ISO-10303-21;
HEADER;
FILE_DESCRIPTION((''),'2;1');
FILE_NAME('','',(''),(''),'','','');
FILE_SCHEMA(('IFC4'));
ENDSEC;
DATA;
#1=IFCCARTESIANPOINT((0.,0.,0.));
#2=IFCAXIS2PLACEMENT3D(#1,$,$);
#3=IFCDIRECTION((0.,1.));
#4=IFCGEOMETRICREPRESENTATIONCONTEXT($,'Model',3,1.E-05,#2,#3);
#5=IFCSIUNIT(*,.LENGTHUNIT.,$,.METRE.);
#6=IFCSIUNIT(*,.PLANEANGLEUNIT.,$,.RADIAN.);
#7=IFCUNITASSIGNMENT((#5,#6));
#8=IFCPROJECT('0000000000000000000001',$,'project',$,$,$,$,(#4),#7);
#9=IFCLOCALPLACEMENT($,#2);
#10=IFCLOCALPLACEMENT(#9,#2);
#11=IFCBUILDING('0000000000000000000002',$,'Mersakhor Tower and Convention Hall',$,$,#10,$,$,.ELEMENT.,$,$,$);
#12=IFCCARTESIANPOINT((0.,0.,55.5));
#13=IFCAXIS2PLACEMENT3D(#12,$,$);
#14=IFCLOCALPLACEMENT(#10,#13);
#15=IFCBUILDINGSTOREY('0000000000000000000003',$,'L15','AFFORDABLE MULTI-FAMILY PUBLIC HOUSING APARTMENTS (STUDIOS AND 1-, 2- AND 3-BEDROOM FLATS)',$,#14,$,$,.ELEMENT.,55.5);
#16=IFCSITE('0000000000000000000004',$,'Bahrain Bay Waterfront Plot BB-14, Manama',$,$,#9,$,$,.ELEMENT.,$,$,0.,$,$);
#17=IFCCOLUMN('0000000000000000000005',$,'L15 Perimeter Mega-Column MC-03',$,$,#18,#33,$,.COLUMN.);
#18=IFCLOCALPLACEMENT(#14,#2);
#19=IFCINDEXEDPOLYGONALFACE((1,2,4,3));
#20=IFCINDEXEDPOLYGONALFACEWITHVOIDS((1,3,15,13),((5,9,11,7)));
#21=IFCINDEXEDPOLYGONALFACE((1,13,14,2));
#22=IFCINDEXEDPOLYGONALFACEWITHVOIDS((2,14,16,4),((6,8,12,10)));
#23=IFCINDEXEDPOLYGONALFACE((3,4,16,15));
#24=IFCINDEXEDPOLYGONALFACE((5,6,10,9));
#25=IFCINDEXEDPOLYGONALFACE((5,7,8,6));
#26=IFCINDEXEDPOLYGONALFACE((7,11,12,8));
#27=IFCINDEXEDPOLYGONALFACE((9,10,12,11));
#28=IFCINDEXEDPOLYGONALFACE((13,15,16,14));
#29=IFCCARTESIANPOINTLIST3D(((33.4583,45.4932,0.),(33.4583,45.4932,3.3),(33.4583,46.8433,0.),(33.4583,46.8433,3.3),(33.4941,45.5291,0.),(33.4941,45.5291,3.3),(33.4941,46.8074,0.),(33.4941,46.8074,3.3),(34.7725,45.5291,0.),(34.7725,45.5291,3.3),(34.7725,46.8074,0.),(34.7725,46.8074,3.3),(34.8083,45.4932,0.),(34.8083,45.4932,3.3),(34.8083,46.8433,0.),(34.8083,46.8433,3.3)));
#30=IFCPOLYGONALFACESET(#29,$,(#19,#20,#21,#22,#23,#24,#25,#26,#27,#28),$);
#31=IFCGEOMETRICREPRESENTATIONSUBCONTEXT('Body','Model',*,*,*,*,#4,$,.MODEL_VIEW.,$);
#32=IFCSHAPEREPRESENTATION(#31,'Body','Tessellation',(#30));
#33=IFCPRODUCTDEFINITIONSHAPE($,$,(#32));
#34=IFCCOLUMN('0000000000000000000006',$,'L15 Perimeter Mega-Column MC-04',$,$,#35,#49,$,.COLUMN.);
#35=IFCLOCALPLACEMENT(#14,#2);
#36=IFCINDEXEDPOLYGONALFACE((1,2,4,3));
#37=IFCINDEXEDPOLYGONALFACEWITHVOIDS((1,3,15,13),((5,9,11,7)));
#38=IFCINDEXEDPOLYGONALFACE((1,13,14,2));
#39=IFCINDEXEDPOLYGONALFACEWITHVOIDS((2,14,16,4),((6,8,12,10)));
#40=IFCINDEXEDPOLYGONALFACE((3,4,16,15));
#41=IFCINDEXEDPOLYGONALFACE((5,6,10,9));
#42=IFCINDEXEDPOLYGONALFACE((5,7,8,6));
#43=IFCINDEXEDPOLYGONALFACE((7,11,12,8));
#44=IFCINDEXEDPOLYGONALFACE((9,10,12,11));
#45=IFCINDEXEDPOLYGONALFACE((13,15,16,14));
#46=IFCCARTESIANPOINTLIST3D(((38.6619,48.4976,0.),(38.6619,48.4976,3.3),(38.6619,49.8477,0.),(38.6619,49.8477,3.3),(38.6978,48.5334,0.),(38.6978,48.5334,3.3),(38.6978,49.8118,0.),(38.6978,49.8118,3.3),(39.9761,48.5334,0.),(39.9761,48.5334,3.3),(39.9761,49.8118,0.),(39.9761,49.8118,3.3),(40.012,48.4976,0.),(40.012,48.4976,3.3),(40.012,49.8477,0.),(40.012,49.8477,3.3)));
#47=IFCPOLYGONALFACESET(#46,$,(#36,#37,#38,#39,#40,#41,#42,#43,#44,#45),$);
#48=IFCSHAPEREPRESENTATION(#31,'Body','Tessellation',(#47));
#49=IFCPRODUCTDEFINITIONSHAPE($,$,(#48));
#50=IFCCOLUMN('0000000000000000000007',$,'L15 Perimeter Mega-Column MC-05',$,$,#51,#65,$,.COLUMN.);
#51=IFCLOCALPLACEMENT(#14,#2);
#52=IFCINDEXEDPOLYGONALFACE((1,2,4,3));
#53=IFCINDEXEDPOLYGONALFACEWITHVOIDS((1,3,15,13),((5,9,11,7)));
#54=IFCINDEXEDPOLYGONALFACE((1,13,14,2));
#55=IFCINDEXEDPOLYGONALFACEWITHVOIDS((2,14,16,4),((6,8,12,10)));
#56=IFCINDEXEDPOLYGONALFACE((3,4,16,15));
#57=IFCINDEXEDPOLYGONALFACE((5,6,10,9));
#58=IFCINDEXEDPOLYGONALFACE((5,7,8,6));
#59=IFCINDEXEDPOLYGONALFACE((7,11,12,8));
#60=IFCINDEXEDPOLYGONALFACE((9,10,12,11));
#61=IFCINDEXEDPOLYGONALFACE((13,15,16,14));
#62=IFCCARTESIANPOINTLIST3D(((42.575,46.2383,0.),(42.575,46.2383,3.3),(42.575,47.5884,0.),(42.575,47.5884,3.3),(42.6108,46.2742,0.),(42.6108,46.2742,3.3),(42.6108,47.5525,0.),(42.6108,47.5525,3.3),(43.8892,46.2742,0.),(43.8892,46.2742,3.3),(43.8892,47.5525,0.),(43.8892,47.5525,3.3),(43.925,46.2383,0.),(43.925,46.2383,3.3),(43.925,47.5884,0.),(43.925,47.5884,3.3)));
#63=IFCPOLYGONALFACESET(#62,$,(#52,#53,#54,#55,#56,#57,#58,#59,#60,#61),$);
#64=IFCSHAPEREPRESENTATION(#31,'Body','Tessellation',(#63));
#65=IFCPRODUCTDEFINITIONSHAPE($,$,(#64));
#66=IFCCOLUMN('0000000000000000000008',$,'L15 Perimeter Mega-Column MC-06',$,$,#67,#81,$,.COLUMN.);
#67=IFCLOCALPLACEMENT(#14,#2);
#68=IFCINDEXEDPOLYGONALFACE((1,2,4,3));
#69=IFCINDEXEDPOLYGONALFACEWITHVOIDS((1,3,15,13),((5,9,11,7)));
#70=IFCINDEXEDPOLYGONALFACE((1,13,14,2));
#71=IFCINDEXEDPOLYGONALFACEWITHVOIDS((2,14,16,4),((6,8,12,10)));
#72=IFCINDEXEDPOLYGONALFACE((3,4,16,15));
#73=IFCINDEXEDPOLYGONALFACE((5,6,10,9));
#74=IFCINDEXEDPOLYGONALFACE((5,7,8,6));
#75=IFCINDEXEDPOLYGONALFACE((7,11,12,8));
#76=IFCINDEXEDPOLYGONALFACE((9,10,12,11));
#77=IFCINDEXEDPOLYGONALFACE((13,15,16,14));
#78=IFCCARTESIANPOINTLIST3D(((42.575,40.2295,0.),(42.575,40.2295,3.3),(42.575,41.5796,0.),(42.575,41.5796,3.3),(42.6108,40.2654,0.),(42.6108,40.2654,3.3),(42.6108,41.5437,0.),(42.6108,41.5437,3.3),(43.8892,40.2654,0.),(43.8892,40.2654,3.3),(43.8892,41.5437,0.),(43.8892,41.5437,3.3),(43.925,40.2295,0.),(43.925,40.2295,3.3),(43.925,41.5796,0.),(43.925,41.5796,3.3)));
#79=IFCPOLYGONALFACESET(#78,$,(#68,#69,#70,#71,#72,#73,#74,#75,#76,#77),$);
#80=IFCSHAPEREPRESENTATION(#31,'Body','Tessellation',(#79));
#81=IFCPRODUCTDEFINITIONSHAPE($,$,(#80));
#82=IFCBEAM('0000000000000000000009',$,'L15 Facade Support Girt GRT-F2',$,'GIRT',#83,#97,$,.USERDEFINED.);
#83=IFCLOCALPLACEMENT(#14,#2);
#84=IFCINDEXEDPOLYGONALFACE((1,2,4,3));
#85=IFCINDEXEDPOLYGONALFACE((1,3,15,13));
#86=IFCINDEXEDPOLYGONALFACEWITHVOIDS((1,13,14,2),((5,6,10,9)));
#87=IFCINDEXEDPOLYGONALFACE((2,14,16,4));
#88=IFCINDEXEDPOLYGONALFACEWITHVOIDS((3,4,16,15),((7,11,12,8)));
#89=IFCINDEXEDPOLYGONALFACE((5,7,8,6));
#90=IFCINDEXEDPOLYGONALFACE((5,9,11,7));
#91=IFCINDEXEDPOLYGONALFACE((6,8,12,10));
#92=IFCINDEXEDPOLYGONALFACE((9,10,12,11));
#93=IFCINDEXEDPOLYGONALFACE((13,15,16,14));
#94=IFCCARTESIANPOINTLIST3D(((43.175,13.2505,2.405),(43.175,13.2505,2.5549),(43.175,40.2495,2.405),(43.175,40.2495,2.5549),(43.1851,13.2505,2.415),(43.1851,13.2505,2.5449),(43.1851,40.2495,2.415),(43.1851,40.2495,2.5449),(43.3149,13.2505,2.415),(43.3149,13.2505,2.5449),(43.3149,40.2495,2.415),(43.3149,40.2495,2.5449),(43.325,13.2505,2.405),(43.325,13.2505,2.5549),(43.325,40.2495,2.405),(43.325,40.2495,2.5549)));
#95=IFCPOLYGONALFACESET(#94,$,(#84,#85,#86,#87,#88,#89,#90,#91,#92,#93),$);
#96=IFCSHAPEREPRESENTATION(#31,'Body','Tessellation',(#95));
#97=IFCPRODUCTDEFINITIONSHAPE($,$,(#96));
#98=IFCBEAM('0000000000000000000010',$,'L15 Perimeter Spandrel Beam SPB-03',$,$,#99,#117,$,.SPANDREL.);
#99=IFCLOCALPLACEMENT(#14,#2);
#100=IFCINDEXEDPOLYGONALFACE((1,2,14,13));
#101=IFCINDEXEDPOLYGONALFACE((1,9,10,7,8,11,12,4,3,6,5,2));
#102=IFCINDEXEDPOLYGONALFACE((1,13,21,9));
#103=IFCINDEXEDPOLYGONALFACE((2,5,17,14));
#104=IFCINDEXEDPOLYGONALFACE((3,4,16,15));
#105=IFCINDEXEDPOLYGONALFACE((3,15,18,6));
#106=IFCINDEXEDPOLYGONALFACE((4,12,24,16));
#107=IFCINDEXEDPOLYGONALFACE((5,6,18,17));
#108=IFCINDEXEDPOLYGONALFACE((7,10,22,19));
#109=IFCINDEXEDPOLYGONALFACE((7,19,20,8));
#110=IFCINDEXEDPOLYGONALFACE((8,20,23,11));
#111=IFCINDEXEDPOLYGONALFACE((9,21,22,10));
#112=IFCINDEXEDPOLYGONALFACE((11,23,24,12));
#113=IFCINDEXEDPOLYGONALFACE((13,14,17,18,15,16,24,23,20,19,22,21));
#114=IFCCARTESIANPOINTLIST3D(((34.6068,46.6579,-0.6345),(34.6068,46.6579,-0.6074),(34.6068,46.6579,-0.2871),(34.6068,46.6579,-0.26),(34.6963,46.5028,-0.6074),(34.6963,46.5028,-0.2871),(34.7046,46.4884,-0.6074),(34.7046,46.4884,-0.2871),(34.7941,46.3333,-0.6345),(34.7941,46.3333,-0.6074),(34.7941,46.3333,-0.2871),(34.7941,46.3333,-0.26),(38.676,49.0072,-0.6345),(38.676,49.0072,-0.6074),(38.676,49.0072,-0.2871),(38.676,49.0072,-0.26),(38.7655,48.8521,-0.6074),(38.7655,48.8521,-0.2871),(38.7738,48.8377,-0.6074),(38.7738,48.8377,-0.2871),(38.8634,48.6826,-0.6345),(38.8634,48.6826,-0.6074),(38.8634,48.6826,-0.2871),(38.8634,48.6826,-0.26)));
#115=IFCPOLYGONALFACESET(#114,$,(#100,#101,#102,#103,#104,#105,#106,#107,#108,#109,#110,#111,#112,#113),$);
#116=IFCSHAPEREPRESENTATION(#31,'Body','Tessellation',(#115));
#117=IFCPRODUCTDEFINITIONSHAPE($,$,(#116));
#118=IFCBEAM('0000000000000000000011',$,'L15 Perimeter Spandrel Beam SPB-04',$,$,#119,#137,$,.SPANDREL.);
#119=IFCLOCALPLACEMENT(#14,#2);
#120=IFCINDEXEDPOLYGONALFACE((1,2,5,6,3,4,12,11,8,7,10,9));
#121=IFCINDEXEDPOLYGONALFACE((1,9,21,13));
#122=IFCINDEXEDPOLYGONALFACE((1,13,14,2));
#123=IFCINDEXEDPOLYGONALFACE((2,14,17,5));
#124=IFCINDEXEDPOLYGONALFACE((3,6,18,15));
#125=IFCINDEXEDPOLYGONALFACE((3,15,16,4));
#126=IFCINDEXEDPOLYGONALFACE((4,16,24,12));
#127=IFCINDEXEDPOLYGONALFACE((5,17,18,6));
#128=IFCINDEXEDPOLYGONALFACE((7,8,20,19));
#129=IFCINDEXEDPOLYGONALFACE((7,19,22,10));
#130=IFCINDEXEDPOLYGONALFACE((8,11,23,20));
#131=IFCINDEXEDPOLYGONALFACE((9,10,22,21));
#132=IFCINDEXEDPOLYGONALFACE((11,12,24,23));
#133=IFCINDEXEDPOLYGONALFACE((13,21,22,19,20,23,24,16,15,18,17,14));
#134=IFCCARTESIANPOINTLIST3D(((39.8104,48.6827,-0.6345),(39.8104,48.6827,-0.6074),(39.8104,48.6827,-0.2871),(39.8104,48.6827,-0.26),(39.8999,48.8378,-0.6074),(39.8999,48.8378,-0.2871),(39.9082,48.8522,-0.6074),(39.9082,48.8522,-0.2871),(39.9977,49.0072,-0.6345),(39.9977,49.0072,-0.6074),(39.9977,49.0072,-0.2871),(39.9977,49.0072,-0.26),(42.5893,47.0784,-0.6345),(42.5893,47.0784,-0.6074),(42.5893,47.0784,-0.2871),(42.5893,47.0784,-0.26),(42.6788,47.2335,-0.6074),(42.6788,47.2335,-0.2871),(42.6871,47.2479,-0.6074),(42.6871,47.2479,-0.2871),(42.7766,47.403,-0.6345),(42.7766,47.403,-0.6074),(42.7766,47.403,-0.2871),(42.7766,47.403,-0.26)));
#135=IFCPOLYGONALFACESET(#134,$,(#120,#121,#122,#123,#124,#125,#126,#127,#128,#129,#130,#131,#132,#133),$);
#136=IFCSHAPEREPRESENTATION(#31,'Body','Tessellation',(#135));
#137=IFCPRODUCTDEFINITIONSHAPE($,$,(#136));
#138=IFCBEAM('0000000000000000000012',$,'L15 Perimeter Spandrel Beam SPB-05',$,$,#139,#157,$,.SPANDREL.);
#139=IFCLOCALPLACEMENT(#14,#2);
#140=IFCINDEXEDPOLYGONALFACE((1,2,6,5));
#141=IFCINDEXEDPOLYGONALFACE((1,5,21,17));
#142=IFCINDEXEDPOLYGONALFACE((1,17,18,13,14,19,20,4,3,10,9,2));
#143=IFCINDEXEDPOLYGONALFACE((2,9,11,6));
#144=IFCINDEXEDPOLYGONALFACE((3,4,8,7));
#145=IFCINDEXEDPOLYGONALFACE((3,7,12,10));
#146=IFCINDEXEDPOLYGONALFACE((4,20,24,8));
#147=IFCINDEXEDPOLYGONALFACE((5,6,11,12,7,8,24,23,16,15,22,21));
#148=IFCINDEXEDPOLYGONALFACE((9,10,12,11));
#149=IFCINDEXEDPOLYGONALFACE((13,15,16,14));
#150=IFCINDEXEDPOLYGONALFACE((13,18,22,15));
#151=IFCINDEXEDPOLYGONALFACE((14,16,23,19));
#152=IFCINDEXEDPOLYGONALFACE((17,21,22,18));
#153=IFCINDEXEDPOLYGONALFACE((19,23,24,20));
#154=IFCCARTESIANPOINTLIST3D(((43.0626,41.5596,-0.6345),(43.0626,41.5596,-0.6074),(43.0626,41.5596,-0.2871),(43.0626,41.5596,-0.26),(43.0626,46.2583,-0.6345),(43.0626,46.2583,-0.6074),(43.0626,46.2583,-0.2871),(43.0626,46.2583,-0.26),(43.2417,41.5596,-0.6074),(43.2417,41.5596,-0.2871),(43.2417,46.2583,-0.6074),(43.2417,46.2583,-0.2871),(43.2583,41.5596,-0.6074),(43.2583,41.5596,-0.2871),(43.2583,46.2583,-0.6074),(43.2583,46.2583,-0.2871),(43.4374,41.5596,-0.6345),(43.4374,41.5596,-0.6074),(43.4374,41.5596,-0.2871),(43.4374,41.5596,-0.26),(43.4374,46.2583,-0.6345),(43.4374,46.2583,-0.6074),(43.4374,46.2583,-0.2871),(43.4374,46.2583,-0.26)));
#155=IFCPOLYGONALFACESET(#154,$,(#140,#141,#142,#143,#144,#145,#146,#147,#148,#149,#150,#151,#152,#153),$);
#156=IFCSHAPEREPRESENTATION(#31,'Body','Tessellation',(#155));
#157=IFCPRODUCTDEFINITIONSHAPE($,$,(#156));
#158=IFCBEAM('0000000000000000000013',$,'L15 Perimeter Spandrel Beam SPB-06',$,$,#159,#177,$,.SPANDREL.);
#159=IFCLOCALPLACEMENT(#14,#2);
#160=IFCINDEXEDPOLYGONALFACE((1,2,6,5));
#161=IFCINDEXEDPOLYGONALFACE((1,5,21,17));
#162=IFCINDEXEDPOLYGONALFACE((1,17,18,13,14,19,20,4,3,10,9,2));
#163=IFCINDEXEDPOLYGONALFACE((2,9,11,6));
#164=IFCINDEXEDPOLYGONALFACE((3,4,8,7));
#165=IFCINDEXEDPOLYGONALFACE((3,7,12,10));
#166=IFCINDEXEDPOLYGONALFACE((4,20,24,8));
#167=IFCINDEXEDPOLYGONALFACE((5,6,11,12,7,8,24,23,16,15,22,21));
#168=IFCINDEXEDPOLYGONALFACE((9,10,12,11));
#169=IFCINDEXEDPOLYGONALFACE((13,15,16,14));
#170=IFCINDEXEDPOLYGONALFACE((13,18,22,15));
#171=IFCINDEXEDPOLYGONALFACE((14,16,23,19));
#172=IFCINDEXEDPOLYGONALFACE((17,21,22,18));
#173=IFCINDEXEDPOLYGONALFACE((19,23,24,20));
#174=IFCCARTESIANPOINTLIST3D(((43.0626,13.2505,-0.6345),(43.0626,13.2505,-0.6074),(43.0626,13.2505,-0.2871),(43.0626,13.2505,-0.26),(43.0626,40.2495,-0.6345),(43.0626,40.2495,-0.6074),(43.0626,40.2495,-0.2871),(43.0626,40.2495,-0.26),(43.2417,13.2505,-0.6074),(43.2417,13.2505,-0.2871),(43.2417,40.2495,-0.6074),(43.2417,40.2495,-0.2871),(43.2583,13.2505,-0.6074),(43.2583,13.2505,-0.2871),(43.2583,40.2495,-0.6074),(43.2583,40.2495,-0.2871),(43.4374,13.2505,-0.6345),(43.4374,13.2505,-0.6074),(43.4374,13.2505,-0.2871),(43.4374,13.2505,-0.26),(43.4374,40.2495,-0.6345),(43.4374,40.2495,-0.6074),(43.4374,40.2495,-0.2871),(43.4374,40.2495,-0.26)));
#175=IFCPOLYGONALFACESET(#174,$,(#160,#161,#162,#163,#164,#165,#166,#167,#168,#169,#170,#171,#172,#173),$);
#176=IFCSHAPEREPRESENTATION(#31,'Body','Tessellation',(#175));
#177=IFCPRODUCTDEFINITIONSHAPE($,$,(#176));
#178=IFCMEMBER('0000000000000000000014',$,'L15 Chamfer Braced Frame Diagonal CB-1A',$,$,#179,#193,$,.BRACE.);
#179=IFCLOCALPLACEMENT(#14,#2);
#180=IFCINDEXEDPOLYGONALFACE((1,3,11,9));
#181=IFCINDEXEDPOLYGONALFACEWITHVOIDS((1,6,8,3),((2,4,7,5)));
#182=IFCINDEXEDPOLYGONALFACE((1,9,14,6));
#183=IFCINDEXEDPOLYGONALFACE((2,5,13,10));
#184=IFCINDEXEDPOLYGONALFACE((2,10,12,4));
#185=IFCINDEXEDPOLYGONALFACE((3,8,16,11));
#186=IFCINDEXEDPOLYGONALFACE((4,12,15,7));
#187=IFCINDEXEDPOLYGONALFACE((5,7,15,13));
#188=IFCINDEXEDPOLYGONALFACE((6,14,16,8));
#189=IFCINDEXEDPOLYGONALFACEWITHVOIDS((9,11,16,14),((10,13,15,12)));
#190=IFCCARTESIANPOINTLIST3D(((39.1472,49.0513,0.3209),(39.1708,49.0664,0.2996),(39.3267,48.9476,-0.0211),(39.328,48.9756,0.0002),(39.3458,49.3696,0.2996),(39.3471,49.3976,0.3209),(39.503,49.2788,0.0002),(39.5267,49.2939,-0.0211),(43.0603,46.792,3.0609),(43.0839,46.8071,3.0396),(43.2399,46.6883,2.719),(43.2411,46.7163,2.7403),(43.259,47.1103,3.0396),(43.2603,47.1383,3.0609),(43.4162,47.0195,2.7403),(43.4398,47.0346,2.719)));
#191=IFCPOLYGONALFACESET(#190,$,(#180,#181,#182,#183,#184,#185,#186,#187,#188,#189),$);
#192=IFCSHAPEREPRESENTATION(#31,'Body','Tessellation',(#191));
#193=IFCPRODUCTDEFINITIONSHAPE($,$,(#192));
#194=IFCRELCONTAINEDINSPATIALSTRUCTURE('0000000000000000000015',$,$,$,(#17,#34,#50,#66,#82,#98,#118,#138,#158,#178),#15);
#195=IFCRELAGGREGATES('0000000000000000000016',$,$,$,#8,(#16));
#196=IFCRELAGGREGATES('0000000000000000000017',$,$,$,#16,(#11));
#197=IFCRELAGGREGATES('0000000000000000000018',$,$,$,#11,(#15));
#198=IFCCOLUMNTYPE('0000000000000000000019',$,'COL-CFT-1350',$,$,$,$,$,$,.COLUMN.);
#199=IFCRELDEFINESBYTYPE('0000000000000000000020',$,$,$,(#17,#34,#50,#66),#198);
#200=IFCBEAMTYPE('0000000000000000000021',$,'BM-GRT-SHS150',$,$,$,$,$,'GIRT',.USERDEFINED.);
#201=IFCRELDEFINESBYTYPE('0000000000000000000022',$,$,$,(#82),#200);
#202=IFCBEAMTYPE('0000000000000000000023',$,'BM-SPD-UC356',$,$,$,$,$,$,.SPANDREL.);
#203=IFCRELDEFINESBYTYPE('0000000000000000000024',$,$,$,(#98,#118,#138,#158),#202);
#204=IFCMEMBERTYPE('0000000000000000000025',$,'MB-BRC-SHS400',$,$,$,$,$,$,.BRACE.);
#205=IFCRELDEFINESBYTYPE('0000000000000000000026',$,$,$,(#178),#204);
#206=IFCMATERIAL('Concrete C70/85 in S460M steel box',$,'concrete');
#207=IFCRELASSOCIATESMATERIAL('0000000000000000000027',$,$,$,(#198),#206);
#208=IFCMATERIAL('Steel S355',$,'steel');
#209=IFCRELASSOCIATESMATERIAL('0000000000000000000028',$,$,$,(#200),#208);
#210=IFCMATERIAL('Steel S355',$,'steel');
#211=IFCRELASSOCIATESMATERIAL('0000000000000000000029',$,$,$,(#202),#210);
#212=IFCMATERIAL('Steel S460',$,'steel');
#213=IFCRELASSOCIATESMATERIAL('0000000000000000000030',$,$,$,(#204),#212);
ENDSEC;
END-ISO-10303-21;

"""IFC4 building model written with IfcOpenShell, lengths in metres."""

from ifc_helpers import new_model, si_unit, direction, frame, origin, origin_2d, place, context, subcontext, project, spatial, hollow_rectangle, i_section, extrude, material, material_profile, profile_set, type_object, element, save


model = new_model("IFC4")

# Units and contexts
model_context = context("Model", 3, precision=1e-05, world=origin(), true_north=direction((0.0, 1.0)))
body_context = subcontext(model_context, "Body", "Model", "MODEL_VIEW")
ifc_project = project(units=[si_unit("LENGTHUNIT", "METRE"), si_unit("PLANEANGLEUNIT", "RADIAN")], contexts=[model_context])

# Site, building, storey
site_placement = place(None, origin())
site = spatial("IfcSite", under=ifc_project, at=site_placement, Name="Bahrain Bay Waterfront Plot BB-14, Manama", CompositionType="ELEMENT", RefElevation=0.0)
building_placement = place(site_placement, origin())
building = spatial("IfcBuilding", under=site, at=building_placement, Name="Mersakhor Tower and Convention Hall", CompositionType="ELEMENT")
storey_placement = place(building_placement, frame((0.0, 0.0, 55.5)))
storey = spatial("IfcBuildingStorey", under=building, at=storey_placement, Name="L15", Description="AFFORDABLE MULTI-FAMILY PUBLIC HOUSING APARTMENTS (STUDIOS AND 1-, 2- AND 3-BEDROOM FLATS)", CompositionType="ELEMENT", Elevation=55.5)

# Columns
ifc_material_1 = material(Name="Concrete C70/85 in S460M steel box", Category="concrete")
ifc_material_profile_1 = material_profile(ifc_material_1, hollow_rectangle(XDim=1.3501, YDim=1.3501, WallThickness=0.0359, at=origin_2d()), Name="SHS 1350x1350x36")
ifc_profile_set_1 = profile_set([ifc_material_profile_1], Name="Concrete C70/85 in S460M steel box")
column_type = type_object("IfcColumnType", Name="COL-CFT-1350", PredefinedType="COLUMN", material=ifc_profile_set_1)
for number, where, z_axis, x_axis, name in (
    (1, (34.1333, 46.1682, 0.0), (0.0, 0.0, 1.0), (1.0, 0.0, 0.0), "L15 Perimeter Mega-Column MC-03"),
    (2, (39.3369, 49.1726, 0.0), (0.0, 0.0, 1.0), (1.0, 0.0, 0.0), "L15 Perimeter Mega-Column MC-04"),
    (3, (43.25, 46.9133, 0.0), (0.0, 0.0, 1.0), (1.0, 0.0, 0.0), "L15 Perimeter Mega-Column MC-05"),
    (4, (43.25, 40.9045, 0.0), (0.0, 0.0, 1.0), (1.0, 0.0, 0.0), "L15 Perimeter Mega-Column MC-06"),
):
    element("IfcColumn", number, at=place(storey_placement, frame(where, z_axis=z_axis, x_axis=x_axis)), inside=storey, type_object=column_type, Name=name, PredefinedType="COLUMN", context=body_context, shape_type="SweptSolid", body=[
        extrude(hollow_rectangle(XDim=1.3501, YDim=1.3501, WallThickness=0.0359, at=origin_2d()), origin(), (0.0, 0.0, 1.0), 3.3),
    ])

# Beams
ifc_material_2 = material(Name="Steel S355", Category="steel")
ifc_material_profile_2 = material_profile(ifc_material_2, hollow_rectangle(XDim=0.1499, YDim=0.1499, WallThickness=0.01, at=origin_2d()), Name="SHS 150x150x10")
ifc_profile_set_2 = profile_set([ifc_material_profile_2], Name="Steel S355")
beam_type_1 = type_object("IfcBeamType", Name="BM-GRT-SHS150", ElementType="GIRT", PredefinedType="USERDEFINED", material=ifc_profile_set_2)
beam_1_placement = place(storey_placement, frame((43.25, 40.2495, 2.48), z_axis=(0.0, -1.0, 0.0), x_axis=(1.0, 0.0, 0.0)))
element("IfcBeam", 5, at=beam_1_placement, inside=storey, type_object=beam_type_1, Name="L15 Facade Support Girt GRT-F2", ObjectType="GIRT", PredefinedType="USERDEFINED", context=body_context, shape_type="SweptSolid", body=[
    extrude(hollow_rectangle(XDim=0.1499, YDim=0.1499, WallThickness=0.01, at=origin_2d()), origin(), (0.0, 0.0, 1.0), 26.999),
])
ifc_material_3 = material(Name="Steel S355", Category="steel")
ifc_material_profile_3 = material_profile(ifc_material_3, i_section(OverallWidth=0.3748, OverallDepth=0.3745, WebThickness=0.0166, FlangeThickness=0.0271, at=origin_2d()), Name="UC 356x368x202")
ifc_profile_set_3 = profile_set([ifc_material_profile_3], Name="Steel S355")
beam_type_2 = type_object("IfcBeamType", Name="BM-SPD-UC356", PredefinedType="SPANDREL", material=ifc_profile_set_3)
beam_2_placement = place(storey_placement, frame((34.7004, 46.4956, -0.4473), z_axis=(0.866032, 0.499989, 0.0), x_axis=(-0.499989, 0.866032, 0.0)))
element("IfcBeam", 6, at=beam_2_placement, inside=storey, type_object=beam_type_2, Name="L15 Perimeter Spandrel Beam SPB-03", PredefinedType="SPANDREL", context=body_context, shape_type="SweptSolid", body=[
    extrude(i_section(OverallWidth=0.3748, OverallDepth=0.3745, WebThickness=0.0166, FlangeThickness=0.0271, at=origin_2d()), origin(), (0.0, 0.0, 1.0), 4.6987),
])
beam_3_placement = place(storey_placement, frame((39.9041, 48.845, -0.4473), z_axis=(0.866039, -0.499977, 0.0), x_axis=(0.499977, 0.866039, 0.0)))
element("IfcBeam", 7, at=beam_3_placement, inside=storey, type_object=beam_type_2, Name="L15 Perimeter Spandrel Beam SPB-04", PredefinedType="SPANDREL", context=body_context, shape_type="SweptSolid", body=[
    extrude(i_section(OverallWidth=0.3748, OverallDepth=0.3745, WebThickness=0.0166, FlangeThickness=0.0271, at=origin_2d()), origin(), (0.0, 0.0, 1.0), 3.2087),
])
beam_4_placement = place(storey_placement, frame((43.25, 46.2583, -0.4473), z_axis=(0.0, -1.0, 0.0), x_axis=(1.0, 0.0, 0.0)))
element("IfcBeam", 8, at=beam_4_placement, inside=storey, type_object=beam_type_2, Name="L15 Perimeter Spandrel Beam SPB-05", PredefinedType="SPANDREL", context=body_context, shape_type="SweptSolid", body=[
    extrude(i_section(OverallWidth=0.3748, OverallDepth=0.3745, WebThickness=0.0166, FlangeThickness=0.0271, at=origin_2d()), origin(), (0.0, 0.0, 1.0), 4.6987),
])
beam_5_placement = place(storey_placement, frame((43.25, 40.2495, -0.4473), z_axis=(0.0, -1.0, 0.0), x_axis=(1.0, 0.0, 0.0)))
element("IfcBeam", 9, at=beam_5_placement, inside=storey, type_object=beam_type_2, Name="L15 Perimeter Spandrel Beam SPB-06", PredefinedType="SPANDREL", context=body_context, shape_type="SweptSolid", body=[
    extrude(i_section(OverallWidth=0.3748, OverallDepth=0.3745, WebThickness=0.0166, FlangeThickness=0.0271, at=origin_2d()), origin(), (0.0, 0.0, 1.0), 26.999),
])

# Member
ifc_material_4 = material(Name="Steel S460", Category="steel")
ifc_material_profile_4 = material_profile(ifc_material_4, hollow_rectangle(XDim=0.3999, YDim=0.3999, WallThickness=0.0249, at=origin_2d()), Name="SHS 400x400x25")
ifc_profile_set_4 = profile_set([ifc_material_profile_4], Name="Steel S460")
member_type = type_object("IfcMemberType", Name="MB-BRC-SHS400", PredefinedType="BRACE", material=ifc_profile_set_4)
member_placement = place(storey_placement, frame((39.3369, 49.1726, 0.1499), z_axis=(0.740508, -0.427543, 0.518513), x_axis=(0.500009, 0.86602, 0.0)))
element("IfcMember", 10, at=member_placement, inside=storey, type_object=member_type, Name="L15 Chamfer Braced Frame Diagonal CB-1A", PredefinedType="BRACE", context=body_context, shape_type="SweptSolid", body=[
    extrude(hollow_rectangle(XDim=0.3999, YDim=0.3999, WallThickness=0.0249, at=origin_2d()), origin(), (0.0, 0.0, 1.0), 5.2844),
])

save(model, "model.ifc")
